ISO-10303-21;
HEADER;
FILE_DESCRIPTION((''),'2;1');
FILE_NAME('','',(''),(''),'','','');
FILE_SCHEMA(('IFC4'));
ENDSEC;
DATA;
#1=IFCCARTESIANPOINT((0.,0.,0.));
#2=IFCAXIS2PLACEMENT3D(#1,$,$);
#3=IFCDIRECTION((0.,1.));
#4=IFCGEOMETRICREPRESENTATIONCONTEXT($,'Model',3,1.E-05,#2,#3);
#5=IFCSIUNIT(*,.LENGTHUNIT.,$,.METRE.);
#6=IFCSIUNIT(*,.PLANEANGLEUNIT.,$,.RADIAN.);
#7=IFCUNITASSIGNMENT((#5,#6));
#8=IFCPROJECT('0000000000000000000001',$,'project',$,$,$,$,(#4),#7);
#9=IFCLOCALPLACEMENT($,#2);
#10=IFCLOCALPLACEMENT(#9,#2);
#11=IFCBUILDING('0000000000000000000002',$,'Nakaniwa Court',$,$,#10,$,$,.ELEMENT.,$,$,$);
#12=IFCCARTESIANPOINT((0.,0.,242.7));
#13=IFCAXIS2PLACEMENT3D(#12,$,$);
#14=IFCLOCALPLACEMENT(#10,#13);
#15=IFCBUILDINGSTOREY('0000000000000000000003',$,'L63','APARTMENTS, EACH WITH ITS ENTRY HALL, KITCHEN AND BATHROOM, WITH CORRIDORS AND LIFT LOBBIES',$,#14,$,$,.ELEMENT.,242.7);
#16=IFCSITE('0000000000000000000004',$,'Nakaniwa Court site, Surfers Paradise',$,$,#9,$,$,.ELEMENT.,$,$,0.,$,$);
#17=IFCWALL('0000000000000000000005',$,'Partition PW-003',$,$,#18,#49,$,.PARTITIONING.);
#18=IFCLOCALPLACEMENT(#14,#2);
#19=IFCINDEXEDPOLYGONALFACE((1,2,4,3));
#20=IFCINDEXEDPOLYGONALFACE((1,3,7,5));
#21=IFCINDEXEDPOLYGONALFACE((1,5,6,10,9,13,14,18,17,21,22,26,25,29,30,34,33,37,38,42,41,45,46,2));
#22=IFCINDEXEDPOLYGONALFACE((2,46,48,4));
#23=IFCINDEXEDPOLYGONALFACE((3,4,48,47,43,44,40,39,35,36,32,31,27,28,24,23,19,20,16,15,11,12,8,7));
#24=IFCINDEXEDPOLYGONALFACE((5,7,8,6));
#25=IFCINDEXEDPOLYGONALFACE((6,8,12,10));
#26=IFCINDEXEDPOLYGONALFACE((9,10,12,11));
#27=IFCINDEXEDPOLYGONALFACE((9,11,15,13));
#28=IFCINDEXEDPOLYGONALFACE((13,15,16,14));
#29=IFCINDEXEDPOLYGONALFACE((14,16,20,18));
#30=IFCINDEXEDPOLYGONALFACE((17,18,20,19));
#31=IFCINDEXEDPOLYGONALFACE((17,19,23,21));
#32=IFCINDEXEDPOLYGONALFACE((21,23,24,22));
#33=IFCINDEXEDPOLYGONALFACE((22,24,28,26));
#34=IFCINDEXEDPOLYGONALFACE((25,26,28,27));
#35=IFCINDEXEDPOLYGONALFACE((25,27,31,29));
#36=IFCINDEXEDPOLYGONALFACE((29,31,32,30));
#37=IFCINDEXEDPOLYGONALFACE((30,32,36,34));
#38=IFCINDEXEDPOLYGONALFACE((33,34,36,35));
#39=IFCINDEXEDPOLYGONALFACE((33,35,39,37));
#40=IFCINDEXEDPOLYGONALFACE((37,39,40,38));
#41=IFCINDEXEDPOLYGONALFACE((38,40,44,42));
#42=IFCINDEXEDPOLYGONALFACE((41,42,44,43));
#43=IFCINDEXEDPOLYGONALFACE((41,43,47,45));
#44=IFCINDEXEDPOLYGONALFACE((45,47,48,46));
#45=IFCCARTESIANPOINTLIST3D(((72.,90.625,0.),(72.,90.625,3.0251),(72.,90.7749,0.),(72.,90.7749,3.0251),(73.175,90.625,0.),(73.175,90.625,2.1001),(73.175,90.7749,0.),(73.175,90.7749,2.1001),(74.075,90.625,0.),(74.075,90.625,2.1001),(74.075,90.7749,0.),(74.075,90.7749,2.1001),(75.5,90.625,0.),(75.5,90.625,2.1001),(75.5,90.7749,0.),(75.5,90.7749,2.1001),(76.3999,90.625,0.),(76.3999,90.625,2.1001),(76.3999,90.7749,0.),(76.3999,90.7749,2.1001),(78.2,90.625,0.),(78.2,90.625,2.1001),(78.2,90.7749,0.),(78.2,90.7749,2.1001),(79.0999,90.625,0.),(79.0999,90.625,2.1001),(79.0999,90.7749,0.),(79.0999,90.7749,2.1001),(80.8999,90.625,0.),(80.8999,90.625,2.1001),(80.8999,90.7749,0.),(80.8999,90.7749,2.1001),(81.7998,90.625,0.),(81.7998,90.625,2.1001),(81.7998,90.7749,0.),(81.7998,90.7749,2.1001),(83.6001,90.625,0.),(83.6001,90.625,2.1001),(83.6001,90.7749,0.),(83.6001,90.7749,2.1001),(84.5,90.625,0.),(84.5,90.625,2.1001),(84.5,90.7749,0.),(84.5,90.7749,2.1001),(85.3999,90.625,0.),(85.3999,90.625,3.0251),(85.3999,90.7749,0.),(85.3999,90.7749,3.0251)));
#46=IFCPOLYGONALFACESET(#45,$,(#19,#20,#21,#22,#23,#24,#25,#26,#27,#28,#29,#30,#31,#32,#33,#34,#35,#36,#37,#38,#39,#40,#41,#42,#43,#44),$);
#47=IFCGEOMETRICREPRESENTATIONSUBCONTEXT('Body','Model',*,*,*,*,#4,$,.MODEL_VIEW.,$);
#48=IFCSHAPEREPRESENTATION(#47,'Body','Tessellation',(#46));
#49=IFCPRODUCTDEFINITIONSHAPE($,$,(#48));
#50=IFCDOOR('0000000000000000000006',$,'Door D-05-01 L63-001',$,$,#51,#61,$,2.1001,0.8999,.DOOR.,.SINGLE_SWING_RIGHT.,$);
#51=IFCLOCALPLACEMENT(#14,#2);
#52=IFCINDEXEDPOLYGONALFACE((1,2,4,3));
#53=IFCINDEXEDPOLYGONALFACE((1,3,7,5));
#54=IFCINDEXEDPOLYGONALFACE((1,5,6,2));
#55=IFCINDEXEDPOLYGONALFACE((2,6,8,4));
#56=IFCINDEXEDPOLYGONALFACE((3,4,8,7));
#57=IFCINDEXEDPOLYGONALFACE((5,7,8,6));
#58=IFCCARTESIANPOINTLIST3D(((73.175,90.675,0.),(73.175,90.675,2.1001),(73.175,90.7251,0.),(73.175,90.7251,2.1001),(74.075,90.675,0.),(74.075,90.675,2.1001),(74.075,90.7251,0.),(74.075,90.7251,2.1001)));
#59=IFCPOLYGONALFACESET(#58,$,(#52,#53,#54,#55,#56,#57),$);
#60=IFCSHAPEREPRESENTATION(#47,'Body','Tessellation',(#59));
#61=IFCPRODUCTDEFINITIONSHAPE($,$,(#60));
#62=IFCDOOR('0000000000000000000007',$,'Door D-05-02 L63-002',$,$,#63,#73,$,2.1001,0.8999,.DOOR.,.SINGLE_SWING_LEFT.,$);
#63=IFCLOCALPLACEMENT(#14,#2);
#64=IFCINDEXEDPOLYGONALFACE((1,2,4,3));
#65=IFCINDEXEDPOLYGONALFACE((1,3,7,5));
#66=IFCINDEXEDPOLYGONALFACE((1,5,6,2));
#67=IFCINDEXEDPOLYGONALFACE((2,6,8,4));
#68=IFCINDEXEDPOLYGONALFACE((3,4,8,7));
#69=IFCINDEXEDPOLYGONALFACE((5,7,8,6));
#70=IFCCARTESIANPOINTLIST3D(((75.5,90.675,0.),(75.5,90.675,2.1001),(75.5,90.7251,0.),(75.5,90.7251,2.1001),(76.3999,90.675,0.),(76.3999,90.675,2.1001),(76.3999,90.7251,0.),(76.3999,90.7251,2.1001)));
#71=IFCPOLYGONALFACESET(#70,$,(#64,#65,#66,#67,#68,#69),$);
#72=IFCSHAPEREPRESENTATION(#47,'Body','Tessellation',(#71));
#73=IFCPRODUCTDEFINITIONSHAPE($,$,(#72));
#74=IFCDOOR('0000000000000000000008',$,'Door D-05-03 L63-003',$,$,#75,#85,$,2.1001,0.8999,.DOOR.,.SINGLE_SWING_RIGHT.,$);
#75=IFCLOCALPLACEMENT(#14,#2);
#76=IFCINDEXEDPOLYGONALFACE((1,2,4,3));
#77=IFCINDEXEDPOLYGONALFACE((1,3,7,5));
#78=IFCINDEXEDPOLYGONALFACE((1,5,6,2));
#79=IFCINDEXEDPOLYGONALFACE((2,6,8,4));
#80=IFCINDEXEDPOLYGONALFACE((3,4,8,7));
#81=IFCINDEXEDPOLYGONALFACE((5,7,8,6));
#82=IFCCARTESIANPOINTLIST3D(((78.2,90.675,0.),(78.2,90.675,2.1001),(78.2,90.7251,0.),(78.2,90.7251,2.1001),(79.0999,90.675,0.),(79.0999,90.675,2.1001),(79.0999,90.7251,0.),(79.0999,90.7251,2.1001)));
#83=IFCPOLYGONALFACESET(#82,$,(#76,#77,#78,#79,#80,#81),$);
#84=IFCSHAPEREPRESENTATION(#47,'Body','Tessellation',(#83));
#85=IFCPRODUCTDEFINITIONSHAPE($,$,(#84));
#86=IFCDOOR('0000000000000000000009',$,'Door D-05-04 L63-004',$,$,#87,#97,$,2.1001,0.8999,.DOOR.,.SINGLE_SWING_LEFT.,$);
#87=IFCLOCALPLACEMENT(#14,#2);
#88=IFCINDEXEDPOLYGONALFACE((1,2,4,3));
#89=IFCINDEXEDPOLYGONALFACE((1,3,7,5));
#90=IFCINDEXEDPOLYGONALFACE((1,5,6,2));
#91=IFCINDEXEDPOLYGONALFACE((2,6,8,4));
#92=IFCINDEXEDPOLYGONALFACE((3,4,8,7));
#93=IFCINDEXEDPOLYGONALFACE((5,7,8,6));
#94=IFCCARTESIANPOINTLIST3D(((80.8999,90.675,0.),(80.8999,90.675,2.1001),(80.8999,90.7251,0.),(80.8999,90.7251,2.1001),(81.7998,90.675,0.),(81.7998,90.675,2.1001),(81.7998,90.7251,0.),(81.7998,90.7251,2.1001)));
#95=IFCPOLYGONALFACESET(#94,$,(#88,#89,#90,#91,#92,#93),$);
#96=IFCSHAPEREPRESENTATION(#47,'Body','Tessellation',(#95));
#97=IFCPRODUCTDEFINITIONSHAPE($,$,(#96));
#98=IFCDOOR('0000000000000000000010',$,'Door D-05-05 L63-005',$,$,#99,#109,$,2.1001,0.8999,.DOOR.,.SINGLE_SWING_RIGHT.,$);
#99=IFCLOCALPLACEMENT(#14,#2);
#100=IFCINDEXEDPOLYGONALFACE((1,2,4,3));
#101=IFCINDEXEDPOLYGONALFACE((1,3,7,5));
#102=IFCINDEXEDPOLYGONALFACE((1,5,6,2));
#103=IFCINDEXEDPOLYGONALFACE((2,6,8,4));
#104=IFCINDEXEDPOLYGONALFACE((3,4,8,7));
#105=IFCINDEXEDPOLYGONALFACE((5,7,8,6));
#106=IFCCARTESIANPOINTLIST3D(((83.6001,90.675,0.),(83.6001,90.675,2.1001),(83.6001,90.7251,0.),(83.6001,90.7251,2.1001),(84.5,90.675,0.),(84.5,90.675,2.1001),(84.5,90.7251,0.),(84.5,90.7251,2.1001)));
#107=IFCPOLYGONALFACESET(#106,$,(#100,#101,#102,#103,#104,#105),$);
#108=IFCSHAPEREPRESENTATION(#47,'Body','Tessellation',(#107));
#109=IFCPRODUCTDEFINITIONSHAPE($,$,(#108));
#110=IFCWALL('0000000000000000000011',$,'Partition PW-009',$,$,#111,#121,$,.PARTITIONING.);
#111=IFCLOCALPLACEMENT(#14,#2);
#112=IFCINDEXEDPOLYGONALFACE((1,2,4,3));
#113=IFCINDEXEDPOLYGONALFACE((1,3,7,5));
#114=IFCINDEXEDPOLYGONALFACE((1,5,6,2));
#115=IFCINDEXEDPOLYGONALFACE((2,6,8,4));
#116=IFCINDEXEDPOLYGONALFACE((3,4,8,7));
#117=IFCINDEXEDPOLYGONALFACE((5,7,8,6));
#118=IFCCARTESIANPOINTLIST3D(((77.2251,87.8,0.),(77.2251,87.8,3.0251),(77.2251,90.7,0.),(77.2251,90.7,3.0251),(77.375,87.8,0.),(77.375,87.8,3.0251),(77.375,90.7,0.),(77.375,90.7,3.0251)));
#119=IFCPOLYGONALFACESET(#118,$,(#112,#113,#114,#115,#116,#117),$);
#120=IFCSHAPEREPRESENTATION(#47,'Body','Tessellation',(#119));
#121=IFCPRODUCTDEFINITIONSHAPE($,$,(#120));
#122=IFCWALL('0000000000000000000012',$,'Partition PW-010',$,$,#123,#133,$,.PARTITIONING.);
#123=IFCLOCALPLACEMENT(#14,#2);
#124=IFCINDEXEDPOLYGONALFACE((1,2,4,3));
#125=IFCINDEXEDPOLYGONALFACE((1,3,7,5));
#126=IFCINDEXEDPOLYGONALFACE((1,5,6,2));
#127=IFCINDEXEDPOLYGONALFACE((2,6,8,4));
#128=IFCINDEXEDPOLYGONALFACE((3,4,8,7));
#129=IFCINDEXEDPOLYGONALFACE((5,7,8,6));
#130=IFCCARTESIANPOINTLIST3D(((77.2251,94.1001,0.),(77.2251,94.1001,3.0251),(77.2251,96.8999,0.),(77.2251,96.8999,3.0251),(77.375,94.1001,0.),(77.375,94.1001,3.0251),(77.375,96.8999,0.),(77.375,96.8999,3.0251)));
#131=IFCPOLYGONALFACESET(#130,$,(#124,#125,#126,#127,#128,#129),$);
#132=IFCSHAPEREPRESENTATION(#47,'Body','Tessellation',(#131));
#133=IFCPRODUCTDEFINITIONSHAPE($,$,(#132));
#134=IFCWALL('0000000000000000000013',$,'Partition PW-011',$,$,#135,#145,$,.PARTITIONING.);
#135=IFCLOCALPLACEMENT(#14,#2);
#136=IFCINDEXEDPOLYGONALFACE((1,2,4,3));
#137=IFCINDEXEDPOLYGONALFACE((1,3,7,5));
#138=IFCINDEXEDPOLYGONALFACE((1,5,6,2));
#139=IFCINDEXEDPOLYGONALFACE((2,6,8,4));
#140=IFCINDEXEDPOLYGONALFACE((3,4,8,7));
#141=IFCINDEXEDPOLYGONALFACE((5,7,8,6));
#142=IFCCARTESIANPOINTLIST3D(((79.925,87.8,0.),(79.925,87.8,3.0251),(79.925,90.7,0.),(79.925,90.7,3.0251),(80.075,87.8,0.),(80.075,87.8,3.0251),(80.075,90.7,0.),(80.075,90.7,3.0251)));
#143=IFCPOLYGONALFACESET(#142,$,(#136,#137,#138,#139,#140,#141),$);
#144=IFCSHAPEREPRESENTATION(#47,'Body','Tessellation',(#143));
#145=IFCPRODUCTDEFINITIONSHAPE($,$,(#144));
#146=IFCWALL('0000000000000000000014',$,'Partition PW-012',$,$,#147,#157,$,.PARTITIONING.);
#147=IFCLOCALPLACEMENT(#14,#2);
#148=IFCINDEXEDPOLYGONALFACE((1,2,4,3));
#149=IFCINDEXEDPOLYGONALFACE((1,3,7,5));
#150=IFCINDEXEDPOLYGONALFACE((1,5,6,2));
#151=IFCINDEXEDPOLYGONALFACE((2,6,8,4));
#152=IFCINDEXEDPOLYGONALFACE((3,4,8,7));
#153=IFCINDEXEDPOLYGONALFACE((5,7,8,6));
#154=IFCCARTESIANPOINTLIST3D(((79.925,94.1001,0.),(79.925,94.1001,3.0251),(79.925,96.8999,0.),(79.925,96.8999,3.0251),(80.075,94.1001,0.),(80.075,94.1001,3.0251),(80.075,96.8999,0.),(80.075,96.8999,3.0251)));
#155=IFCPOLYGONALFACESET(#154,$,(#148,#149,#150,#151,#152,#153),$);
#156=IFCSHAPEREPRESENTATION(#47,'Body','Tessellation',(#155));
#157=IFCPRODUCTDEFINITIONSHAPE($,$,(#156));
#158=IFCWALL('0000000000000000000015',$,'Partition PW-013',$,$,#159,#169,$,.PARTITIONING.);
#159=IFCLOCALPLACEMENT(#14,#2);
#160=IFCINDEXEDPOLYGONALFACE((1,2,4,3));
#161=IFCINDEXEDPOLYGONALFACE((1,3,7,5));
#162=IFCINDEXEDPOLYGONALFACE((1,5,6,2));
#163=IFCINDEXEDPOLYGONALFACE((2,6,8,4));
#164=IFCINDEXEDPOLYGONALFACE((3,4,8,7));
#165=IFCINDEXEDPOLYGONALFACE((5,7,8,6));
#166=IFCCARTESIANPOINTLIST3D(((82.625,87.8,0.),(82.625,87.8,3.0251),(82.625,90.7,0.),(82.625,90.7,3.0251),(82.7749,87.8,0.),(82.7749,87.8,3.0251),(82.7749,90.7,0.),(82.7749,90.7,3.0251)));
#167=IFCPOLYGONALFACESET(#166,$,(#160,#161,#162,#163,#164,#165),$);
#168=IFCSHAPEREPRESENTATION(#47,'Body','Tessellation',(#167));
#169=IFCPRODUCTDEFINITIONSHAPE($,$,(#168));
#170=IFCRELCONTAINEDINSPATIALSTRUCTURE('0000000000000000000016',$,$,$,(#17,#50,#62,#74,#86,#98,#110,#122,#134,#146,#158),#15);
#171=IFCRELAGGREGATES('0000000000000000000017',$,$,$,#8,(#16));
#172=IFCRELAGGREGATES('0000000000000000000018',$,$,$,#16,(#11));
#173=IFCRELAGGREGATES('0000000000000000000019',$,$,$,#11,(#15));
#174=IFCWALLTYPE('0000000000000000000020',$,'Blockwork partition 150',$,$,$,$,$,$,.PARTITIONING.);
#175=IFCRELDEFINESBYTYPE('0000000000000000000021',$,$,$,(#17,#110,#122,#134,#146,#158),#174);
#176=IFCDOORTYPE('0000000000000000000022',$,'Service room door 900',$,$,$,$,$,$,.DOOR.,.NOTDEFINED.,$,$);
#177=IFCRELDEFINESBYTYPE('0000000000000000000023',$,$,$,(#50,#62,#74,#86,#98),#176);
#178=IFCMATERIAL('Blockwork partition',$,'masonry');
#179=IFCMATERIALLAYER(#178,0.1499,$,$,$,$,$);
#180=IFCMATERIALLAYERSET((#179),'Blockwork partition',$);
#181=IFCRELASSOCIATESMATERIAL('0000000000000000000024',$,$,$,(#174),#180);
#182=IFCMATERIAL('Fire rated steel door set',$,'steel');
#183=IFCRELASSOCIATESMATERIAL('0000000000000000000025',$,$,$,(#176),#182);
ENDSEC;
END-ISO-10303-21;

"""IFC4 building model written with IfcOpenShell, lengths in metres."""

from ifc_helpers import new_model, si_unit, direction, frame, frame_2d, origin, place, context, subcontext, project, spatial, rectangle, extrude, material, layer, layer_set, type_object, element, fill, save


model = new_model("IFC4")

# Units and contexts
model_context = context("Model", 3, precision=1e-05, world=origin(), true_north=direction((0.0, 1.0)))
body_context = subcontext(model_context, "Body", "Model", "MODEL_VIEW")
ifc_project = project(units=[si_unit("LENGTHUNIT", "METRE"), si_unit("PLANEANGLEUNIT", "RADIAN")], contexts=[model_context])

# Site, building, storey
site_placement = place(None, origin())
site = spatial("IfcSite", under=ifc_project, at=site_placement, Name="Nakaniwa Court site, Surfers Paradise", CompositionType="ELEMENT", RefElevation=0.0)
building_placement = place(site_placement, origin())
building = spatial("IfcBuilding", under=site, at=building_placement, Name="Nakaniwa Court", CompositionType="ELEMENT")
storey_placement = place(building_placement, frame((0.0, 0.0, 242.7)))
storey = spatial("IfcBuildingStorey", under=building, at=storey_placement, Name="L63", Description="APARTMENTS, EACH WITH ITS ENTRY HALL, KITCHEN AND BATHROOM, WITH CORRIDORS AND LIFT LOBBIES", CompositionType="ELEMENT", Elevation=242.7)

# Wall, openings, doors
ifc_material_1 = material(Name="Blockwork partition", Category="masonry")
ifc_layer_1 = layer(ifc_material_1, 0.1499)
ifc_layer_set_1 = layer_set([ifc_layer_1], Name="Blockwork partition")
wall_type_1 = type_object("IfcWallType", Name="Blockwork partition 150", PredefinedType="PARTITIONING", material=ifc_layer_set_1)
wall_1_placement = place(storey_placement, frame((85.3999, 90.7, 0.0), z_axis=(0.0, 0.0, 1.0), x_axis=(-1.0, 0.0, 0.0)))
wall_1 = element("IfcWall", 1, at=wall_1_placement, inside=storey, type_object=wall_type_1, Name="Partition PW-003", PredefinedType="PARTITIONING", context=body_context, shape_type="SweptSolid", body=[
    extrude(rectangle(XDim=13.3999, YDim=0.1499, at=frame_2d((6.7, 0.0))), origin(), (0.0, 0.0, 1.0), 3.0251),
])
opening_1_placement = place(wall_1_placement, frame((11.325, 0.0, 0.0)))
opening_1 = element("IfcOpeningElement", 2, at=opening_1_placement, cuts=wall_1, PredefinedType="OPENING", context=body_context, shape_type="SweptSolid", body=[
    extrude(rectangle(XDim=0.8999, YDim=2.1001, at=frame_2d((0.45, 1.05))), frame((0.0, 0.085, 0.0), z_axis=(0.0, -1.0, 0.0), x_axis=(1.0, 0.0, 0.0)), (0.0, 0.0, 1.0), 0.1699),
])
opening_2_placement = place(wall_1_placement, frame((9.0, 0.0, 0.0)))
opening_2 = element("IfcOpeningElement", 3, at=opening_2_placement, cuts=wall_1, PredefinedType="OPENING", context=body_context, shape_type="SweptSolid", body=[
    extrude(rectangle(XDim=0.8999, YDim=2.1001, at=frame_2d((0.45, 1.05))), frame((0.0, 0.085, 0.0), z_axis=(0.0, -1.0, 0.0), x_axis=(1.0, 0.0, 0.0)), (0.0, 0.0, 1.0), 0.1699),
])
opening_3_placement = place(wall_1_placement, frame((6.3, 0.0, 0.0)))
opening_3 = element("IfcOpeningElement", 4, at=opening_3_placement, cuts=wall_1, PredefinedType="OPENING", context=body_context, shape_type="SweptSolid", body=[
    extrude(rectangle(XDim=0.8999, YDim=2.1001, at=frame_2d((0.45, 1.05))), frame((0.0, 0.085, 0.0), z_axis=(0.0, -1.0, 0.0), x_axis=(1.0, 0.0, 0.0)), (0.0, 0.0, 1.0), 0.1699),
])
opening_4_placement = place(wall_1_placement, frame((3.6001, 0.0, 0.0)))
opening_4 = element("IfcOpeningElement", 5, at=opening_4_placement, cuts=wall_1, PredefinedType="OPENING", context=body_context, shape_type="SweptSolid", body=[
    extrude(rectangle(XDim=0.8999, YDim=2.1001, at=frame_2d((0.45, 1.05))), frame((0.0, 0.085, 0.0), z_axis=(0.0, -1.0, 0.0), x_axis=(1.0, 0.0, 0.0)), (0.0, 0.0, 1.0), 0.1699),
])
opening_5_placement = place(wall_1_placement, frame((0.8999, 0.0, 0.0)))
opening_5 = element("IfcOpeningElement", 6, at=opening_5_placement, cuts=wall_1, PredefinedType="OPENING", context=body_context, shape_type="SweptSolid", body=[
    extrude(rectangle(XDim=0.8999, YDim=2.1001, at=frame_2d((0.45, 1.05))), frame((0.0, 0.085, 0.0), z_axis=(0.0, -1.0, 0.0), x_axis=(1.0, 0.0, 0.0)), (0.0, 0.0, 1.0), 0.1699),
])
ifc_material_2 = material(Name="Fire rated steel door set", Category="steel")
door_type_1 = type_object("IfcDoorType", Name="Service room door 900", OperationType="NOTDEFINED", PredefinedType="DOOR", material=ifc_material_2)
door_1_placement = place(opening_1_placement, origin())
door_1 = element("IfcDoor", 7, at=door_1_placement, inside=storey, type_object=door_type_1, Name="Door D-05-01 L63-001", OperationType="SINGLE_SWING_RIGHT", OverallHeight=2.1001, OverallWidth=0.8999, PredefinedType="DOOR", context=body_context, shape_type="SweptSolid", body=[
    extrude(rectangle(XDim=0.8999, YDim=2.1001, at=frame_2d((0.45, 1.05))), frame((0.0, 0.0249, 0.0), z_axis=(0.0, -1.0, 0.0), x_axis=(1.0, 0.0, 0.0)), (0.0, 0.0, 1.0), 0.05),
])
fill(opening_1, door_1)
door_2_placement = place(opening_2_placement, origin())
door_2 = element("IfcDoor", 8, at=door_2_placement, inside=storey, type_object=door_type_1, Name="Door D-05-02 L63-002", OperationType="SINGLE_SWING_LEFT", OverallHeight=2.1001, OverallWidth=0.8999, PredefinedType="DOOR", context=body_context, shape_type="SweptSolid", body=[
    extrude(rectangle(XDim=0.8999, YDim=2.1001, at=frame_2d((0.45, 1.05))), frame((0.0, 0.0249, 0.0), z_axis=(0.0, -1.0, 0.0), x_axis=(1.0, 0.0, 0.0)), (0.0, 0.0, 1.0), 0.05),
])
fill(opening_2, door_2)
door_3_placement = place(opening_3_placement, origin())
door_3 = element("IfcDoor", 9, at=door_3_placement, inside=storey, type_object=door_type_1, Name="Door D-05-03 L63-003", OperationType="SINGLE_SWING_RIGHT", OverallHeight=2.1001, OverallWidth=0.8999, PredefinedType="DOOR", context=body_context, shape_type="SweptSolid", body=[
    extrude(rectangle(XDim=0.8999, YDim=2.1001, at=frame_2d((0.45, 1.05))), frame((0.0, 0.0249, 0.0), z_axis=(0.0, -1.0, 0.0), x_axis=(1.0, 0.0, 0.0)), (0.0, 0.0, 1.0), 0.05),
])
fill(opening_3, door_3)
door_4_placement = place(opening_4_placement, origin())
door_4 = element("IfcDoor", 10, at=door_4_placement, inside=storey, type_object=door_type_1, Name="Door D-05-04 L63-004", OperationType="SINGLE_SWING_LEFT", OverallHeight=2.1001, OverallWidth=0.8999, PredefinedType="DOOR", context=body_context, shape_type="SweptSolid", body=[
    extrude(rectangle(XDim=0.8999, YDim=2.1001, at=frame_2d((0.45, 1.05))), frame((0.0, 0.0249, 0.0), z_axis=(0.0, -1.0, 0.0), x_axis=(1.0, 0.0, 0.0)), (0.0, 0.0, 1.0), 0.05),
])
fill(opening_4, door_4)
door_5_placement = place(opening_5_placement, origin())
door_5 = element("IfcDoor", 11, at=door_5_placement, inside=storey, type_object=door_type_1, Name="Door D-05-05 L63-005", OperationType="SINGLE_SWING_RIGHT", OverallHeight=2.1001, OverallWidth=0.8999, PredefinedType="DOOR", context=body_context, shape_type="SweptSolid", body=[
    extrude(rectangle(XDim=0.8999, YDim=2.1001, at=frame_2d((0.45, 1.05))), frame((0.0, 0.0249, 0.0), z_axis=(0.0, -1.0, 0.0), x_axis=(1.0, 0.0, 0.0)), (0.0, 0.0, 1.0), 0.05),
])
fill(opening_5, door_5)

# Walls
wall_2_placement = place(storey_placement, frame((77.3, 87.8, 0.0), z_axis=(0.0, 0.0, 1.0), x_axis=(0.0, 1.0, 0.0)))
element("IfcWall", 12, at=wall_2_placement, inside=storey, type_object=wall_type_1, Name="Partition PW-009", PredefinedType="PARTITIONING", context=body_context, shape_type="SweptSolid", body=[
    extrude(rectangle(XDim=2.8999, YDim=0.1499, at=frame_2d((1.45, 0.0))), origin(), (0.0, 0.0, 1.0), 3.0251),
])
wall_3_placement = place(storey_placement, frame((77.3, 94.1001, 0.0), z_axis=(0.0, 0.0, 1.0), x_axis=(0.0, 1.0, 0.0)))
element("IfcWall", 13, at=wall_3_placement, inside=storey, type_object=wall_type_1, Name="Partition PW-010", PredefinedType="PARTITIONING", context=body_context, shape_type="SweptSolid", body=[
    extrude(rectangle(XDim=2.7998, YDim=0.1499, at=frame_2d((1.3999, 0.0))), origin(), (0.0, 0.0, 1.0), 3.0251),
])
wall_4_placement = place(storey_placement, frame((80.0, 87.8, 0.0), z_axis=(0.0, 0.0, 1.0), x_axis=(0.0, 1.0, 0.0)))
element("IfcWall", 14, at=wall_4_placement, inside=storey, type_object=wall_type_1, Name="Partition PW-011", PredefinedType="PARTITIONING", context=body_context, shape_type="SweptSolid", body=[
    extrude(rectangle(XDim=2.8999, YDim=0.1499, at=frame_2d((1.45, 0.0))), origin(), (0.0, 0.0, 1.0), 3.0251),
])
wall_5_placement = place(storey_placement, frame((80.0, 94.1001, 0.0), z_axis=(0.0, 0.0, 1.0), x_axis=(0.0, 1.0, 0.0)))
element("IfcWall", 15, at=wall_5_placement, inside=storey, type_object=wall_type_1, Name="Partition PW-012", PredefinedType="PARTITIONING", context=body_context, shape_type="SweptSolid", body=[
    extrude(rectangle(XDim=2.7998, YDim=0.1499, at=frame_2d((1.3999, 0.0))), origin(), (0.0, 0.0, 1.0), 3.0251),
])
wall_6_placement = place(storey_placement, frame((82.7, 87.8, 0.0), z_axis=(0.0, 0.0, 1.0), x_axis=(0.0, 1.0, 0.0)))
element("IfcWall", 16, at=wall_6_placement, inside=storey, type_object=wall_type_1, Name="Partition PW-013", PredefinedType="PARTITIONING", context=body_context, shape_type="SweptSolid", body=[
    extrude(rectangle(XDim=2.8999, YDim=0.1499, at=frame_2d((1.45, 0.0))), origin(), (0.0, 0.0, 1.0), 3.0251),
])

save(model, "model.ifc")
